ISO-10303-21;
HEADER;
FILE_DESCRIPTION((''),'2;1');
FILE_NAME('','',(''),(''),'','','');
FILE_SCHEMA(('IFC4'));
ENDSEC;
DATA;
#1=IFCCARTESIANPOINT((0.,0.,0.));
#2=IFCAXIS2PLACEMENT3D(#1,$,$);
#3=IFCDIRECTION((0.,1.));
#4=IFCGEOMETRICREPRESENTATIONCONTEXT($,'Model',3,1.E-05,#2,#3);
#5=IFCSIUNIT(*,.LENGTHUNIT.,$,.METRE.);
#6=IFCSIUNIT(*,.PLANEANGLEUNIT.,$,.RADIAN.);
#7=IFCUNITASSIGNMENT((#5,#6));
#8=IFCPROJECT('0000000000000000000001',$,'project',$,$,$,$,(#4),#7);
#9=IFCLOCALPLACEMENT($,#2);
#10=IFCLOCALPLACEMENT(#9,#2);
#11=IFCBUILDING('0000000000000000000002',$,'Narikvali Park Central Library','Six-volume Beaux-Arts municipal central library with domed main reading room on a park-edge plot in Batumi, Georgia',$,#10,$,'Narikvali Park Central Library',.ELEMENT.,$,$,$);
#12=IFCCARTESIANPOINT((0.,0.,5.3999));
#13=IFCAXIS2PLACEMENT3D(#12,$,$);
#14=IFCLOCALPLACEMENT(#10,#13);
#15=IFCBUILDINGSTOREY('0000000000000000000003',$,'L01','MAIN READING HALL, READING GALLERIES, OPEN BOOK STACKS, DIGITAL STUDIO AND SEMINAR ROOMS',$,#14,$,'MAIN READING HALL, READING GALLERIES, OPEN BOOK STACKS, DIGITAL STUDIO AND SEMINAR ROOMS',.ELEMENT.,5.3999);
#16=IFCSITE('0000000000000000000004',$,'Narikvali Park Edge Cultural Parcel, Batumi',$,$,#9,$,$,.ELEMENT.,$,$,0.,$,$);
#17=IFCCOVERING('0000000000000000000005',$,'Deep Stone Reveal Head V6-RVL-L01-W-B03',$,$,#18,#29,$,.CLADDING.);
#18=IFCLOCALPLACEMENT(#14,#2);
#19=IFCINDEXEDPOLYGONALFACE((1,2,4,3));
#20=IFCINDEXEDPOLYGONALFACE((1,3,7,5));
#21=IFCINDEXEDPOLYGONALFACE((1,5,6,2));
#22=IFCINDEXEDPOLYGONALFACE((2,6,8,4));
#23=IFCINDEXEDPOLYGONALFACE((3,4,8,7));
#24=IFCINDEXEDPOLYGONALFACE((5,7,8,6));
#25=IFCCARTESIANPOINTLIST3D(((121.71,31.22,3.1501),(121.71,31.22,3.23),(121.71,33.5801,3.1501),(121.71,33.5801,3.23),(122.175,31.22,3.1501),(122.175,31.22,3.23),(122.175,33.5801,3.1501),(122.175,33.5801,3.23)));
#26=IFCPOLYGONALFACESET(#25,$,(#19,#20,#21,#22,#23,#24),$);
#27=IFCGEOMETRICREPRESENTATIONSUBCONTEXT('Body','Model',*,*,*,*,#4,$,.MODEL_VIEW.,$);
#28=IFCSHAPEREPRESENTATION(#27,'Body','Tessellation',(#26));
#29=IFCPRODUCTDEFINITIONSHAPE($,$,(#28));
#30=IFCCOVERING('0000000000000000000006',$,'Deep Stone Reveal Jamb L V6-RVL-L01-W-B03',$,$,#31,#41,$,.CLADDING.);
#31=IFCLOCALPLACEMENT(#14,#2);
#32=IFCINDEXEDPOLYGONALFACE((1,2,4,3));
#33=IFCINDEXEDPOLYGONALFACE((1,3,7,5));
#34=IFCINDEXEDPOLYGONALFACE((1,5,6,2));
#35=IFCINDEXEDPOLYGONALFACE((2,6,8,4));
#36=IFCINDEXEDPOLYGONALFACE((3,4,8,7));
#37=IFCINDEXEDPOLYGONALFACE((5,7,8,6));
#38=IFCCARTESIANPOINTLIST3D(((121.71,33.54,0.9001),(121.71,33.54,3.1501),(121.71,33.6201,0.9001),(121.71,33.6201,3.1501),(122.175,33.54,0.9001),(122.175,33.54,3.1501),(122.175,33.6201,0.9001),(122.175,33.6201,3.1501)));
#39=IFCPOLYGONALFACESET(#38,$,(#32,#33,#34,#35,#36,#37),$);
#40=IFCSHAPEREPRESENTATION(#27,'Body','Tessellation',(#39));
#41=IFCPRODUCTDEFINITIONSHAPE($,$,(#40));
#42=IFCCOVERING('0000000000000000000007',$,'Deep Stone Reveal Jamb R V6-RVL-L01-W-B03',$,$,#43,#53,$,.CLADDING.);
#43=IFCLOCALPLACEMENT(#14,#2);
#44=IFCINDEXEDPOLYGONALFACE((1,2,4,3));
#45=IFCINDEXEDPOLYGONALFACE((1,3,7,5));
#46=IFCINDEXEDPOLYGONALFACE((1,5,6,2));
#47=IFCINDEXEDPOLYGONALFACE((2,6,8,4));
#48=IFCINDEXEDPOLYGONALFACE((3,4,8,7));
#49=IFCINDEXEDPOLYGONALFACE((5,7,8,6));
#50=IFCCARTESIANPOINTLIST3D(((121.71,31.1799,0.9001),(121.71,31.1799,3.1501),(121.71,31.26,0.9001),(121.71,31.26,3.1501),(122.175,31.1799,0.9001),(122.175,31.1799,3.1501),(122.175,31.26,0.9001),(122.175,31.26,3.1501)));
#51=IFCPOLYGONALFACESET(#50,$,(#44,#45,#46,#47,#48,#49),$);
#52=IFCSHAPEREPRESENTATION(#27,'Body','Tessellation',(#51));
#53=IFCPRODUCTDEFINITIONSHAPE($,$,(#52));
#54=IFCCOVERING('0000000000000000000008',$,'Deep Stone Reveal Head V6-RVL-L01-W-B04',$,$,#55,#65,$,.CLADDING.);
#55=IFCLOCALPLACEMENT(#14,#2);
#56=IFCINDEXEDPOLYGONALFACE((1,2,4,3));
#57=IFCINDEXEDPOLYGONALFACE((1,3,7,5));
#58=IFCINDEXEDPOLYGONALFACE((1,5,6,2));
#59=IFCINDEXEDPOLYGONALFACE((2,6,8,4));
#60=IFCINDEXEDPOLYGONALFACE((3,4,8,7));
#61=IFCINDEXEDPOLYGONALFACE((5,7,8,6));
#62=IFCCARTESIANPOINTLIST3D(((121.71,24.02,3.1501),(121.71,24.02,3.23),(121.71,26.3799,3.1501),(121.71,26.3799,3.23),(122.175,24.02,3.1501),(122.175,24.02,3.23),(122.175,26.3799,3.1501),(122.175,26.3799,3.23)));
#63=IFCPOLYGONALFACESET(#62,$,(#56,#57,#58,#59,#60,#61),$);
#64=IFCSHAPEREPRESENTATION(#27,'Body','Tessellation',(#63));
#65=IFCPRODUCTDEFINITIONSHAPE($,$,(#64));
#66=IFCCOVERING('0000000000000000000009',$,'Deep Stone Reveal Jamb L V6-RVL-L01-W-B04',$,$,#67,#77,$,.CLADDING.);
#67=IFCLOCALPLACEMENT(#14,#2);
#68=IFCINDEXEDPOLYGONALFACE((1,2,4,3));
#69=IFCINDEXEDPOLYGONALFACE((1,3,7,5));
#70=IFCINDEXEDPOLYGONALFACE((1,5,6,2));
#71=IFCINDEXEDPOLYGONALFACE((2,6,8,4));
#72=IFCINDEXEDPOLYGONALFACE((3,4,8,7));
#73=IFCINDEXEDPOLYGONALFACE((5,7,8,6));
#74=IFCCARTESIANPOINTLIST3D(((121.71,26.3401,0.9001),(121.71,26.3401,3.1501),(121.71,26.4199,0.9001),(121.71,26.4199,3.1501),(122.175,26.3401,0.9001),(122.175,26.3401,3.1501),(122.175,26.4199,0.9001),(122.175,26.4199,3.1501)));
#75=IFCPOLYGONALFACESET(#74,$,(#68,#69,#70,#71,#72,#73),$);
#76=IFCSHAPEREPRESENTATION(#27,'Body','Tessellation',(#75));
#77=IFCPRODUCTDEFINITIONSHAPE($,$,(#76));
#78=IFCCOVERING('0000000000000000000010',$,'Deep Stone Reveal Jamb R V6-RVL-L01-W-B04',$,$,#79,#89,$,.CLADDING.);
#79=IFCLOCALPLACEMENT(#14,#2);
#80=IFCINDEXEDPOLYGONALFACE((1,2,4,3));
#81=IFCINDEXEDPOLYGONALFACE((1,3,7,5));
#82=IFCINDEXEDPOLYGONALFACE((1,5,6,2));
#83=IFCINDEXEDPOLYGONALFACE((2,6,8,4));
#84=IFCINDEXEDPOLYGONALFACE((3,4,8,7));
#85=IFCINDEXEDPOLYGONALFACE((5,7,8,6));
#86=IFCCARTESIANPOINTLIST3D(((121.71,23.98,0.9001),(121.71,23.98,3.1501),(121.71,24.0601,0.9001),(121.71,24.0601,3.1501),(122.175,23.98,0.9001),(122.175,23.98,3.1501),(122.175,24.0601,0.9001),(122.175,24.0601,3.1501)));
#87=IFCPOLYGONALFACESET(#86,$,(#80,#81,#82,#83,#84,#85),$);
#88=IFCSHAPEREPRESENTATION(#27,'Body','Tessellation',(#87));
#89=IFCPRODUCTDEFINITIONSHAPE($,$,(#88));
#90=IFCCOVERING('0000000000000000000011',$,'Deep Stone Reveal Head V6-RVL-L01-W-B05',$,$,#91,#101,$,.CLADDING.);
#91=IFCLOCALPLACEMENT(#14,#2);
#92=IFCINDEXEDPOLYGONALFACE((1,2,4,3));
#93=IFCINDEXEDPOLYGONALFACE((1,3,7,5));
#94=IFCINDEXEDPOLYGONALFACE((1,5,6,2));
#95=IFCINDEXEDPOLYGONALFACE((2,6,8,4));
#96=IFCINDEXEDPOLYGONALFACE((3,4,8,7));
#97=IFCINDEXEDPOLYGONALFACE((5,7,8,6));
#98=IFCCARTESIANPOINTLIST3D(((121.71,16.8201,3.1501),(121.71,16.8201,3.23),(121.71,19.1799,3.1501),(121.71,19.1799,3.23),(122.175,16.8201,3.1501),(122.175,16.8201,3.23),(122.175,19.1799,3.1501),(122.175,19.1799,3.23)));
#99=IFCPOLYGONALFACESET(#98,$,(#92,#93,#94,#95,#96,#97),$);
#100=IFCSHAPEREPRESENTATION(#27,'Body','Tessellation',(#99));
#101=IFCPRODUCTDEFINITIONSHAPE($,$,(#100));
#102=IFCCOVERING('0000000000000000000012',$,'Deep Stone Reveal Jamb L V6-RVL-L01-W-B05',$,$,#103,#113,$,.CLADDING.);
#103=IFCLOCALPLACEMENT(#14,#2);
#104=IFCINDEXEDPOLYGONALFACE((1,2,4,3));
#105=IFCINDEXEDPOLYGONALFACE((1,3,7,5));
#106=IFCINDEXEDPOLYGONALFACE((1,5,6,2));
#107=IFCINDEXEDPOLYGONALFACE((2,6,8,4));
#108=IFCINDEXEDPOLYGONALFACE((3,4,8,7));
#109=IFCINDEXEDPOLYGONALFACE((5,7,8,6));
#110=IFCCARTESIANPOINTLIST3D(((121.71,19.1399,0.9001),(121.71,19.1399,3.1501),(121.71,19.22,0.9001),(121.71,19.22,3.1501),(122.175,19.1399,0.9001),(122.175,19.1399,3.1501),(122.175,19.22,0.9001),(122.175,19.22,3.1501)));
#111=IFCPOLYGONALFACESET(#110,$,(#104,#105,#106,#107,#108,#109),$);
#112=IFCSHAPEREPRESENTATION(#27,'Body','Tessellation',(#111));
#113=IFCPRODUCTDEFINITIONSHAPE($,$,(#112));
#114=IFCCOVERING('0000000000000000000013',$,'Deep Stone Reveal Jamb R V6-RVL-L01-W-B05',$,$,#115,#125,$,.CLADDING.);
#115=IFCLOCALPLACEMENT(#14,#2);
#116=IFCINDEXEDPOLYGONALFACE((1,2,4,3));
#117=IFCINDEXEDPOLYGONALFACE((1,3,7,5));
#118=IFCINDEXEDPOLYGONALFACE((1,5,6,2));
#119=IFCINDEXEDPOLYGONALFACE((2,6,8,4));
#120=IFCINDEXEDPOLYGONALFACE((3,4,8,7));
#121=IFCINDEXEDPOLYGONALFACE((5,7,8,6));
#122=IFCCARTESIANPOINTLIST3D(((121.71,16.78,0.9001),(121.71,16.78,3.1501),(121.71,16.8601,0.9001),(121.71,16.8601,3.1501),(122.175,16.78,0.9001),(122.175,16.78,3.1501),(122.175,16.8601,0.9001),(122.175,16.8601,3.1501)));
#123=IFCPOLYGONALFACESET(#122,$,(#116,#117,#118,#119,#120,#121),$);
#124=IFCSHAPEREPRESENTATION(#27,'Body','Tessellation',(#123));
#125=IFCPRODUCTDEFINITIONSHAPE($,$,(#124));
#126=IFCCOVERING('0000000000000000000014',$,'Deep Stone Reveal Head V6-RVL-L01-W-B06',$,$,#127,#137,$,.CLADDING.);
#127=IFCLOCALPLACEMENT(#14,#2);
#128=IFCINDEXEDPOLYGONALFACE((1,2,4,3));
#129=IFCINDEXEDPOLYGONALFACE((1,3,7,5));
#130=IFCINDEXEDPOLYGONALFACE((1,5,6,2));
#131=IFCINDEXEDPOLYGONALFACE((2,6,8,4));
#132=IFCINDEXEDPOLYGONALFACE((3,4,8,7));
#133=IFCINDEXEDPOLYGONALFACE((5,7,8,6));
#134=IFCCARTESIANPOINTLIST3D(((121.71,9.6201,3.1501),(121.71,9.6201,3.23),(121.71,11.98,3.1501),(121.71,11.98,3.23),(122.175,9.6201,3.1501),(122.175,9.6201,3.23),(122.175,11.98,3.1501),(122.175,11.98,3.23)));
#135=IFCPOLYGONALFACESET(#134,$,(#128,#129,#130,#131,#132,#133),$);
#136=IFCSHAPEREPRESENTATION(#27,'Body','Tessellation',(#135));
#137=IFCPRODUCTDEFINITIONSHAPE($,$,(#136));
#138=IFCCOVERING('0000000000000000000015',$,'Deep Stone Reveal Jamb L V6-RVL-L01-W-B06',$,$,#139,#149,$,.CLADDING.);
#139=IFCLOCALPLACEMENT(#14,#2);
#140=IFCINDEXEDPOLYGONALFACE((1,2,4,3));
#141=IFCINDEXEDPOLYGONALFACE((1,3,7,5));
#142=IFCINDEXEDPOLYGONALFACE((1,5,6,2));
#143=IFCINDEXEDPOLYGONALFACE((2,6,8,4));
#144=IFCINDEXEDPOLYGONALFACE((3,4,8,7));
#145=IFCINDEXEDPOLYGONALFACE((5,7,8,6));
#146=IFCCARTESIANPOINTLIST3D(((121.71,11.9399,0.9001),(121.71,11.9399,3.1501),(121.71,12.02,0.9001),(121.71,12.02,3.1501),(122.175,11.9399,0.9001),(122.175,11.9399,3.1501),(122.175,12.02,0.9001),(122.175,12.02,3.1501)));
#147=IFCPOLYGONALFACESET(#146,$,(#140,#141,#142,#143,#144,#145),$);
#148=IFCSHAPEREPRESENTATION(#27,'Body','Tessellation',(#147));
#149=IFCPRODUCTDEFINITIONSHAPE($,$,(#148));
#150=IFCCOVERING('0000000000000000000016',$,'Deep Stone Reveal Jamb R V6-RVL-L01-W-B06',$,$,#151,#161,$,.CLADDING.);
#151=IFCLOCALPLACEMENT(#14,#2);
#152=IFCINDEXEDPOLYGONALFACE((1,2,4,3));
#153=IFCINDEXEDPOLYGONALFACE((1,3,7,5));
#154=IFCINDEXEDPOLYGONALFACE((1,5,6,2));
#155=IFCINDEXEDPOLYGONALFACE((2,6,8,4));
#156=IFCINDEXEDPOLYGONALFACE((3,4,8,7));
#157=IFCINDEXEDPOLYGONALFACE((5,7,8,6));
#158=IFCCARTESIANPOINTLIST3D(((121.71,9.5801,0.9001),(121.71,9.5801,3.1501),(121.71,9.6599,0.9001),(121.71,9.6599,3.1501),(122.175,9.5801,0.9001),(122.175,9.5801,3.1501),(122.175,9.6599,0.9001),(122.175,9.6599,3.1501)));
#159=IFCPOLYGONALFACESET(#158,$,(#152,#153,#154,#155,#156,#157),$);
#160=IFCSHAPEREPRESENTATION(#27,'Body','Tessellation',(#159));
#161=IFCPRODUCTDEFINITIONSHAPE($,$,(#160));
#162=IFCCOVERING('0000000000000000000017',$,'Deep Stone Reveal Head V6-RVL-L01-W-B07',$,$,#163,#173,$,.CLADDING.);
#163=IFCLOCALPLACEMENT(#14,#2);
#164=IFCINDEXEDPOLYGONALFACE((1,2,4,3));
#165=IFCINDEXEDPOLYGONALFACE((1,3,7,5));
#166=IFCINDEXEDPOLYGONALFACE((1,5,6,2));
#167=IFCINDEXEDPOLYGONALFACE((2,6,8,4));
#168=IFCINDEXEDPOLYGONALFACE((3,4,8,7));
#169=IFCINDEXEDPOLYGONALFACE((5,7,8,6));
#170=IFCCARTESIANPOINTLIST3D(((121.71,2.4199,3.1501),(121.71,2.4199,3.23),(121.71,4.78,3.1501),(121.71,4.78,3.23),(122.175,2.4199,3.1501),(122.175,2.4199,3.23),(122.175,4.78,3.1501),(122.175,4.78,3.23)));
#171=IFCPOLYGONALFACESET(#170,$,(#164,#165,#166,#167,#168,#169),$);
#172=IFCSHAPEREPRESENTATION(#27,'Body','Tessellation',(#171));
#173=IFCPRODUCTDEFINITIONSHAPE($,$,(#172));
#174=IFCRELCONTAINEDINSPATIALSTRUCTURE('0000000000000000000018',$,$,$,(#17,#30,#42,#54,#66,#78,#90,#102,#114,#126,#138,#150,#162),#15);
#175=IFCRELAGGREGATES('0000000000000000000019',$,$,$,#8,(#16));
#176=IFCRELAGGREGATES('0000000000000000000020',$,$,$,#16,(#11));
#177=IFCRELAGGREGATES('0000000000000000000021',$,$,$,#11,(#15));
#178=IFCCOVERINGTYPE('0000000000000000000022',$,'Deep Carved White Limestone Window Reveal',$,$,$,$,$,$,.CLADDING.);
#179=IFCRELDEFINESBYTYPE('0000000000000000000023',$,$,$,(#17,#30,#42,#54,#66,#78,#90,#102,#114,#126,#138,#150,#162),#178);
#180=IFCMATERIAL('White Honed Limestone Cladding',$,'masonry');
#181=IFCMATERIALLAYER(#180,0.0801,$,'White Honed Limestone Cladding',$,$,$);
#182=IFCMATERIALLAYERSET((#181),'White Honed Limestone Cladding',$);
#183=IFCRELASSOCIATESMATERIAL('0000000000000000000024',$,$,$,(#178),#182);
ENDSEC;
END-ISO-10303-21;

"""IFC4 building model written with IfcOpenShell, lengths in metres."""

from ifc_helpers import new_model, si_unit, direction, frame, origin, place, context, subcontext, project, spatial, polyline, outline, extrude, material, layer, layer_set, type_object, element, save


model = new_model("IFC4")

# Units and contexts
model_context = context("Model", 3, precision=1e-05, world=origin(), true_north=direction((0.0, 1.0)))
body_context = subcontext(model_context, "Body", "Model", "MODEL_VIEW")
ifc_project = project(units=[si_unit("LENGTHUNIT", "METRE"), si_unit("PLANEANGLEUNIT", "RADIAN")], contexts=[model_context])

# Site, building, storey
site_placement = place(None, origin())
site = spatial("IfcSite", under=ifc_project, at=site_placement, Name="Narikvali Park Edge Cultural Parcel, Batumi", CompositionType="ELEMENT", RefElevation=0.0)
building_placement = place(site_placement, origin())
building = spatial("IfcBuilding", under=site, at=building_placement, Name="Narikvali Park Central Library", Description="Six-volume Beaux-Arts municipal central library with domed main reading room on a park-edge plot in Batumi, Georgia", LongName="Narikvali Park Central Library", CompositionType="ELEMENT")
storey_placement = place(building_placement, frame((0.0, 0.0, 5.3999)))
storey = spatial("IfcBuildingStorey", under=building, at=storey_placement, Name="L01", Description="MAIN READING HALL, READING GALLERIES, OPEN BOOK STACKS, DIGITAL STUDIO AND SEMINAR ROOMS", LongName="MAIN READING HALL, READING GALLERIES, OPEN BOOK STACKS, DIGITAL STUDIO AND SEMINAR ROOMS", CompositionType="ELEMENT", Elevation=5.3999)

# Coverings
ifc_material = material(Name="White Honed Limestone Cladding", Category="masonry")
ifc_layer = layer(ifc_material, 0.0801, Name="White Honed Limestone Cladding")
ifc_layer_set = layer_set([ifc_layer], Name="White Honed Limestone Cladding")
covering_type = type_object("IfcCoveringType", Name="Deep Carved White Limestone Window Reveal", PredefinedType="CLADDING", material=ifc_layer_set)
covering_1_placement = place(storey_placement, frame((0.0, 0.0, 3.1501)))
element("IfcCovering", 1, at=covering_1_placement, inside=storey, type_object=covering_type, Name="Deep Stone Reveal Head V6-RVL-L01-W-B03", PredefinedType="CLADDING", context=body_context, shape_type="SweptSolid", body=[
    extrude(outline(polyline([(122.175, 33.5801), (122.175, 31.22), (121.71, 31.22), (121.71, 33.5801), (122.175, 33.5801)])), origin(), (0.0, 0.0, 1.0), 0.0798),
])
covering_2_placement = place(storey_placement, frame((0.0, 0.0, 0.9001)))
element("IfcCovering", 2, at=covering_2_placement, inside=storey, type_object=covering_type, Name="Deep Stone Reveal Jamb L V6-RVL-L01-W-B03", PredefinedType="CLADDING", context=body_context, shape_type="SweptSolid", body=[
    extrude(outline(polyline([(122.175, 33.6201), (122.175, 33.54), (121.71, 33.54), (121.71, 33.6201), (122.175, 33.6201)])), origin(), (0.0, 0.0, 1.0), 2.25),
])
covering_3_placement = place(storey_placement, frame((0.0, 0.0, 0.9001)))
element("IfcCovering", 3, at=covering_3_placement, inside=storey, type_object=covering_type, Name="Deep Stone Reveal Jamb R V6-RVL-L01-W-B03", PredefinedType="CLADDING", context=body_context, shape_type="SweptSolid", body=[
    extrude(outline(polyline([(122.175, 31.26), (122.175, 31.1799), (121.71, 31.1799), (121.71, 31.26), (122.175, 31.26)])), origin(), (0.0, 0.0, 1.0), 2.25),
])
covering_4_placement = place(storey_placement, frame((0.0, 0.0, 3.1501)))
element("IfcCovering", 4, at=covering_4_placement, inside=storey, type_object=covering_type, Name="Deep Stone Reveal Head V6-RVL-L01-W-B04", PredefinedType="CLADDING", context=body_context, shape_type="SweptSolid", body=[
    extrude(outline(polyline([(122.175, 26.3799), (122.175, 24.02), (121.71, 24.02), (121.71, 26.3799), (122.175, 26.3799)])), origin(), (0.0, 0.0, 1.0), 0.0798),
])
covering_5_placement = place(storey_placement, frame((0.0, 0.0, 0.9001)))
element("IfcCovering", 5, at=covering_5_placement, inside=storey, type_object=covering_type, Name="Deep Stone Reveal Jamb L V6-RVL-L01-W-B04", PredefinedType="CLADDING", context=body_context, shape_type="SweptSolid", body=[
    extrude(outline(polyline([(122.175, 26.4199), (122.175, 26.3401), (121.71, 26.3401), (121.71, 26.4199), (122.175, 26.4199)])), origin(), (0.0, 0.0, 1.0), 2.25),
])
covering_6_placement = place(storey_placement, frame((0.0, 0.0, 0.9001)))
element("IfcCovering", 6, at=covering_6_placement, inside=storey, type_object=covering_type, Name="Deep Stone Reveal Jamb R V6-RVL-L01-W-B04", PredefinedType="CLADDING", context=body_context, shape_type="SweptSolid", body=[
    extrude(outline(polyline([(122.175, 24.0601), (122.175, 23.98), (121.71, 23.98), (121.71, 24.0601), (122.175, 24.0601)])), origin(), (0.0, 0.0, 1.0), 2.25),
])
covering_7_placement = place(storey_placement, frame((0.0, 0.0, 3.1501)))
element("IfcCovering", 7, at=covering_7_placement, inside=storey, type_object=covering_type, Name="Deep Stone Reveal Head V6-RVL-L01-W-B05", PredefinedType="CLADDING", context=body_context, shape_type="SweptSolid", body=[
    extrude(outline(polyline([(122.175, 19.1799), (122.175, 16.8201), (121.71, 16.8201), (121.71, 19.1799), (122.175, 19.1799)])), origin(), (0.0, 0.0, 1.0), 0.0798),
])
covering_8_placement = place(storey_placement, frame((0.0, 0.0, 0.9001)))
element("IfcCovering", 8, at=covering_8_placement, inside=storey, type_object=covering_type, Name="Deep Stone Reveal Jamb L V6-RVL-L01-W-B05", PredefinedType="CLADDING", context=body_context, shape_type="SweptSolid", body=[
    extrude(outline(polyline([(122.175, 19.22), (122.175, 19.1399), (121.71, 19.1399), (121.71, 19.22), (122.175, 19.22)])), origin(), (0.0, 0.0, 1.0), 2.25),
])
covering_9_placement = place(storey_placement, frame((0.0, 0.0, 0.9001)))
element("IfcCovering", 9, at=covering_9_placement, inside=storey, type_object=covering_type, Name="Deep Stone Reveal Jamb R V6-RVL-L01-W-B05", PredefinedType="CLADDING", context=body_context, shape_type="SweptSolid", body=[
    extrude(outline(polyline([(122.175, 16.8601), (122.175, 16.78), (121.71, 16.78), (121.71, 16.8601), (122.175, 16.8601)])), origin(), (0.0, 0.0, 1.0), 2.25),
])
covering_10_placement = place(storey_placement, frame((0.0, 0.0, 3.1501)))
element("IfcCovering", 10, at=covering_10_placement, inside=storey, type_object=covering_type, Name="Deep Stone Reveal Head V6-RVL-L01-W-B06", PredefinedType="CLADDING", context=body_context, shape_type="SweptSolid", body=[
    extrude(outline(polyline([(122.175, 11.98), (122.175, 9.6201), (121.71, 9.6201), (121.71, 11.98), (122.175, 11.98)])), origin(), (0.0, 0.0, 1.0), 0.0798),
])
covering_11_placement = place(storey_placement, frame((0.0, 0.0, 0.9001)))
element("IfcCovering", 11, at=covering_11_placement, inside=storey, type_object=covering_type, Name="Deep Stone Reveal Jamb L V6-RVL-L01-W-B06", PredefinedType="CLADDING", context=body_context, shape_type="SweptSolid", body=[
    extrude(outline(polyline([(122.175, 12.02), (122.175, 11.9399), (121.71, 11.9399), (121.71, 12.02), (122.175, 12.02)])), origin(), (0.0, 0.0, 1.0), 2.25),
])
covering_12_placement = place(storey_placement, frame((0.0, 0.0, 0.9001)))
element("IfcCovering", 12, at=covering_12_placement, inside=storey, type_object=covering_type, Name="Deep Stone Reveal Jamb R V6-RVL-L01-W-B06", PredefinedType="CLADDING", context=body_context, shape_type="SweptSolid", body=[
    extrude(outline(polyline([(122.175, 9.6599), (122.175, 9.5801), (121.71, 9.5801), (121.71, 9.6599), (122.175, 9.6599)])), origin(), (0.0, 0.0, 1.0), 2.25),
])
covering_13_placement = place(storey_placement, frame((0.0, 0.0, 3.1501)))
element("IfcCovering", 13, at=covering_13_placement, inside=storey, type_object=covering_type, Name="Deep Stone Reveal Head V6-RVL-L01-W-B07", PredefinedType="CLADDING", context=body_context, shape_type="SweptSolid", body=[
    extrude(outline(polyline([(122.175, 4.78), (122.175, 2.4199), (121.71, 2.4199), (121.71, 4.78), (122.175, 4.78)])), origin(), (0.0, 0.0, 1.0), 0.0798),
])

save(model, "model.ifc")
